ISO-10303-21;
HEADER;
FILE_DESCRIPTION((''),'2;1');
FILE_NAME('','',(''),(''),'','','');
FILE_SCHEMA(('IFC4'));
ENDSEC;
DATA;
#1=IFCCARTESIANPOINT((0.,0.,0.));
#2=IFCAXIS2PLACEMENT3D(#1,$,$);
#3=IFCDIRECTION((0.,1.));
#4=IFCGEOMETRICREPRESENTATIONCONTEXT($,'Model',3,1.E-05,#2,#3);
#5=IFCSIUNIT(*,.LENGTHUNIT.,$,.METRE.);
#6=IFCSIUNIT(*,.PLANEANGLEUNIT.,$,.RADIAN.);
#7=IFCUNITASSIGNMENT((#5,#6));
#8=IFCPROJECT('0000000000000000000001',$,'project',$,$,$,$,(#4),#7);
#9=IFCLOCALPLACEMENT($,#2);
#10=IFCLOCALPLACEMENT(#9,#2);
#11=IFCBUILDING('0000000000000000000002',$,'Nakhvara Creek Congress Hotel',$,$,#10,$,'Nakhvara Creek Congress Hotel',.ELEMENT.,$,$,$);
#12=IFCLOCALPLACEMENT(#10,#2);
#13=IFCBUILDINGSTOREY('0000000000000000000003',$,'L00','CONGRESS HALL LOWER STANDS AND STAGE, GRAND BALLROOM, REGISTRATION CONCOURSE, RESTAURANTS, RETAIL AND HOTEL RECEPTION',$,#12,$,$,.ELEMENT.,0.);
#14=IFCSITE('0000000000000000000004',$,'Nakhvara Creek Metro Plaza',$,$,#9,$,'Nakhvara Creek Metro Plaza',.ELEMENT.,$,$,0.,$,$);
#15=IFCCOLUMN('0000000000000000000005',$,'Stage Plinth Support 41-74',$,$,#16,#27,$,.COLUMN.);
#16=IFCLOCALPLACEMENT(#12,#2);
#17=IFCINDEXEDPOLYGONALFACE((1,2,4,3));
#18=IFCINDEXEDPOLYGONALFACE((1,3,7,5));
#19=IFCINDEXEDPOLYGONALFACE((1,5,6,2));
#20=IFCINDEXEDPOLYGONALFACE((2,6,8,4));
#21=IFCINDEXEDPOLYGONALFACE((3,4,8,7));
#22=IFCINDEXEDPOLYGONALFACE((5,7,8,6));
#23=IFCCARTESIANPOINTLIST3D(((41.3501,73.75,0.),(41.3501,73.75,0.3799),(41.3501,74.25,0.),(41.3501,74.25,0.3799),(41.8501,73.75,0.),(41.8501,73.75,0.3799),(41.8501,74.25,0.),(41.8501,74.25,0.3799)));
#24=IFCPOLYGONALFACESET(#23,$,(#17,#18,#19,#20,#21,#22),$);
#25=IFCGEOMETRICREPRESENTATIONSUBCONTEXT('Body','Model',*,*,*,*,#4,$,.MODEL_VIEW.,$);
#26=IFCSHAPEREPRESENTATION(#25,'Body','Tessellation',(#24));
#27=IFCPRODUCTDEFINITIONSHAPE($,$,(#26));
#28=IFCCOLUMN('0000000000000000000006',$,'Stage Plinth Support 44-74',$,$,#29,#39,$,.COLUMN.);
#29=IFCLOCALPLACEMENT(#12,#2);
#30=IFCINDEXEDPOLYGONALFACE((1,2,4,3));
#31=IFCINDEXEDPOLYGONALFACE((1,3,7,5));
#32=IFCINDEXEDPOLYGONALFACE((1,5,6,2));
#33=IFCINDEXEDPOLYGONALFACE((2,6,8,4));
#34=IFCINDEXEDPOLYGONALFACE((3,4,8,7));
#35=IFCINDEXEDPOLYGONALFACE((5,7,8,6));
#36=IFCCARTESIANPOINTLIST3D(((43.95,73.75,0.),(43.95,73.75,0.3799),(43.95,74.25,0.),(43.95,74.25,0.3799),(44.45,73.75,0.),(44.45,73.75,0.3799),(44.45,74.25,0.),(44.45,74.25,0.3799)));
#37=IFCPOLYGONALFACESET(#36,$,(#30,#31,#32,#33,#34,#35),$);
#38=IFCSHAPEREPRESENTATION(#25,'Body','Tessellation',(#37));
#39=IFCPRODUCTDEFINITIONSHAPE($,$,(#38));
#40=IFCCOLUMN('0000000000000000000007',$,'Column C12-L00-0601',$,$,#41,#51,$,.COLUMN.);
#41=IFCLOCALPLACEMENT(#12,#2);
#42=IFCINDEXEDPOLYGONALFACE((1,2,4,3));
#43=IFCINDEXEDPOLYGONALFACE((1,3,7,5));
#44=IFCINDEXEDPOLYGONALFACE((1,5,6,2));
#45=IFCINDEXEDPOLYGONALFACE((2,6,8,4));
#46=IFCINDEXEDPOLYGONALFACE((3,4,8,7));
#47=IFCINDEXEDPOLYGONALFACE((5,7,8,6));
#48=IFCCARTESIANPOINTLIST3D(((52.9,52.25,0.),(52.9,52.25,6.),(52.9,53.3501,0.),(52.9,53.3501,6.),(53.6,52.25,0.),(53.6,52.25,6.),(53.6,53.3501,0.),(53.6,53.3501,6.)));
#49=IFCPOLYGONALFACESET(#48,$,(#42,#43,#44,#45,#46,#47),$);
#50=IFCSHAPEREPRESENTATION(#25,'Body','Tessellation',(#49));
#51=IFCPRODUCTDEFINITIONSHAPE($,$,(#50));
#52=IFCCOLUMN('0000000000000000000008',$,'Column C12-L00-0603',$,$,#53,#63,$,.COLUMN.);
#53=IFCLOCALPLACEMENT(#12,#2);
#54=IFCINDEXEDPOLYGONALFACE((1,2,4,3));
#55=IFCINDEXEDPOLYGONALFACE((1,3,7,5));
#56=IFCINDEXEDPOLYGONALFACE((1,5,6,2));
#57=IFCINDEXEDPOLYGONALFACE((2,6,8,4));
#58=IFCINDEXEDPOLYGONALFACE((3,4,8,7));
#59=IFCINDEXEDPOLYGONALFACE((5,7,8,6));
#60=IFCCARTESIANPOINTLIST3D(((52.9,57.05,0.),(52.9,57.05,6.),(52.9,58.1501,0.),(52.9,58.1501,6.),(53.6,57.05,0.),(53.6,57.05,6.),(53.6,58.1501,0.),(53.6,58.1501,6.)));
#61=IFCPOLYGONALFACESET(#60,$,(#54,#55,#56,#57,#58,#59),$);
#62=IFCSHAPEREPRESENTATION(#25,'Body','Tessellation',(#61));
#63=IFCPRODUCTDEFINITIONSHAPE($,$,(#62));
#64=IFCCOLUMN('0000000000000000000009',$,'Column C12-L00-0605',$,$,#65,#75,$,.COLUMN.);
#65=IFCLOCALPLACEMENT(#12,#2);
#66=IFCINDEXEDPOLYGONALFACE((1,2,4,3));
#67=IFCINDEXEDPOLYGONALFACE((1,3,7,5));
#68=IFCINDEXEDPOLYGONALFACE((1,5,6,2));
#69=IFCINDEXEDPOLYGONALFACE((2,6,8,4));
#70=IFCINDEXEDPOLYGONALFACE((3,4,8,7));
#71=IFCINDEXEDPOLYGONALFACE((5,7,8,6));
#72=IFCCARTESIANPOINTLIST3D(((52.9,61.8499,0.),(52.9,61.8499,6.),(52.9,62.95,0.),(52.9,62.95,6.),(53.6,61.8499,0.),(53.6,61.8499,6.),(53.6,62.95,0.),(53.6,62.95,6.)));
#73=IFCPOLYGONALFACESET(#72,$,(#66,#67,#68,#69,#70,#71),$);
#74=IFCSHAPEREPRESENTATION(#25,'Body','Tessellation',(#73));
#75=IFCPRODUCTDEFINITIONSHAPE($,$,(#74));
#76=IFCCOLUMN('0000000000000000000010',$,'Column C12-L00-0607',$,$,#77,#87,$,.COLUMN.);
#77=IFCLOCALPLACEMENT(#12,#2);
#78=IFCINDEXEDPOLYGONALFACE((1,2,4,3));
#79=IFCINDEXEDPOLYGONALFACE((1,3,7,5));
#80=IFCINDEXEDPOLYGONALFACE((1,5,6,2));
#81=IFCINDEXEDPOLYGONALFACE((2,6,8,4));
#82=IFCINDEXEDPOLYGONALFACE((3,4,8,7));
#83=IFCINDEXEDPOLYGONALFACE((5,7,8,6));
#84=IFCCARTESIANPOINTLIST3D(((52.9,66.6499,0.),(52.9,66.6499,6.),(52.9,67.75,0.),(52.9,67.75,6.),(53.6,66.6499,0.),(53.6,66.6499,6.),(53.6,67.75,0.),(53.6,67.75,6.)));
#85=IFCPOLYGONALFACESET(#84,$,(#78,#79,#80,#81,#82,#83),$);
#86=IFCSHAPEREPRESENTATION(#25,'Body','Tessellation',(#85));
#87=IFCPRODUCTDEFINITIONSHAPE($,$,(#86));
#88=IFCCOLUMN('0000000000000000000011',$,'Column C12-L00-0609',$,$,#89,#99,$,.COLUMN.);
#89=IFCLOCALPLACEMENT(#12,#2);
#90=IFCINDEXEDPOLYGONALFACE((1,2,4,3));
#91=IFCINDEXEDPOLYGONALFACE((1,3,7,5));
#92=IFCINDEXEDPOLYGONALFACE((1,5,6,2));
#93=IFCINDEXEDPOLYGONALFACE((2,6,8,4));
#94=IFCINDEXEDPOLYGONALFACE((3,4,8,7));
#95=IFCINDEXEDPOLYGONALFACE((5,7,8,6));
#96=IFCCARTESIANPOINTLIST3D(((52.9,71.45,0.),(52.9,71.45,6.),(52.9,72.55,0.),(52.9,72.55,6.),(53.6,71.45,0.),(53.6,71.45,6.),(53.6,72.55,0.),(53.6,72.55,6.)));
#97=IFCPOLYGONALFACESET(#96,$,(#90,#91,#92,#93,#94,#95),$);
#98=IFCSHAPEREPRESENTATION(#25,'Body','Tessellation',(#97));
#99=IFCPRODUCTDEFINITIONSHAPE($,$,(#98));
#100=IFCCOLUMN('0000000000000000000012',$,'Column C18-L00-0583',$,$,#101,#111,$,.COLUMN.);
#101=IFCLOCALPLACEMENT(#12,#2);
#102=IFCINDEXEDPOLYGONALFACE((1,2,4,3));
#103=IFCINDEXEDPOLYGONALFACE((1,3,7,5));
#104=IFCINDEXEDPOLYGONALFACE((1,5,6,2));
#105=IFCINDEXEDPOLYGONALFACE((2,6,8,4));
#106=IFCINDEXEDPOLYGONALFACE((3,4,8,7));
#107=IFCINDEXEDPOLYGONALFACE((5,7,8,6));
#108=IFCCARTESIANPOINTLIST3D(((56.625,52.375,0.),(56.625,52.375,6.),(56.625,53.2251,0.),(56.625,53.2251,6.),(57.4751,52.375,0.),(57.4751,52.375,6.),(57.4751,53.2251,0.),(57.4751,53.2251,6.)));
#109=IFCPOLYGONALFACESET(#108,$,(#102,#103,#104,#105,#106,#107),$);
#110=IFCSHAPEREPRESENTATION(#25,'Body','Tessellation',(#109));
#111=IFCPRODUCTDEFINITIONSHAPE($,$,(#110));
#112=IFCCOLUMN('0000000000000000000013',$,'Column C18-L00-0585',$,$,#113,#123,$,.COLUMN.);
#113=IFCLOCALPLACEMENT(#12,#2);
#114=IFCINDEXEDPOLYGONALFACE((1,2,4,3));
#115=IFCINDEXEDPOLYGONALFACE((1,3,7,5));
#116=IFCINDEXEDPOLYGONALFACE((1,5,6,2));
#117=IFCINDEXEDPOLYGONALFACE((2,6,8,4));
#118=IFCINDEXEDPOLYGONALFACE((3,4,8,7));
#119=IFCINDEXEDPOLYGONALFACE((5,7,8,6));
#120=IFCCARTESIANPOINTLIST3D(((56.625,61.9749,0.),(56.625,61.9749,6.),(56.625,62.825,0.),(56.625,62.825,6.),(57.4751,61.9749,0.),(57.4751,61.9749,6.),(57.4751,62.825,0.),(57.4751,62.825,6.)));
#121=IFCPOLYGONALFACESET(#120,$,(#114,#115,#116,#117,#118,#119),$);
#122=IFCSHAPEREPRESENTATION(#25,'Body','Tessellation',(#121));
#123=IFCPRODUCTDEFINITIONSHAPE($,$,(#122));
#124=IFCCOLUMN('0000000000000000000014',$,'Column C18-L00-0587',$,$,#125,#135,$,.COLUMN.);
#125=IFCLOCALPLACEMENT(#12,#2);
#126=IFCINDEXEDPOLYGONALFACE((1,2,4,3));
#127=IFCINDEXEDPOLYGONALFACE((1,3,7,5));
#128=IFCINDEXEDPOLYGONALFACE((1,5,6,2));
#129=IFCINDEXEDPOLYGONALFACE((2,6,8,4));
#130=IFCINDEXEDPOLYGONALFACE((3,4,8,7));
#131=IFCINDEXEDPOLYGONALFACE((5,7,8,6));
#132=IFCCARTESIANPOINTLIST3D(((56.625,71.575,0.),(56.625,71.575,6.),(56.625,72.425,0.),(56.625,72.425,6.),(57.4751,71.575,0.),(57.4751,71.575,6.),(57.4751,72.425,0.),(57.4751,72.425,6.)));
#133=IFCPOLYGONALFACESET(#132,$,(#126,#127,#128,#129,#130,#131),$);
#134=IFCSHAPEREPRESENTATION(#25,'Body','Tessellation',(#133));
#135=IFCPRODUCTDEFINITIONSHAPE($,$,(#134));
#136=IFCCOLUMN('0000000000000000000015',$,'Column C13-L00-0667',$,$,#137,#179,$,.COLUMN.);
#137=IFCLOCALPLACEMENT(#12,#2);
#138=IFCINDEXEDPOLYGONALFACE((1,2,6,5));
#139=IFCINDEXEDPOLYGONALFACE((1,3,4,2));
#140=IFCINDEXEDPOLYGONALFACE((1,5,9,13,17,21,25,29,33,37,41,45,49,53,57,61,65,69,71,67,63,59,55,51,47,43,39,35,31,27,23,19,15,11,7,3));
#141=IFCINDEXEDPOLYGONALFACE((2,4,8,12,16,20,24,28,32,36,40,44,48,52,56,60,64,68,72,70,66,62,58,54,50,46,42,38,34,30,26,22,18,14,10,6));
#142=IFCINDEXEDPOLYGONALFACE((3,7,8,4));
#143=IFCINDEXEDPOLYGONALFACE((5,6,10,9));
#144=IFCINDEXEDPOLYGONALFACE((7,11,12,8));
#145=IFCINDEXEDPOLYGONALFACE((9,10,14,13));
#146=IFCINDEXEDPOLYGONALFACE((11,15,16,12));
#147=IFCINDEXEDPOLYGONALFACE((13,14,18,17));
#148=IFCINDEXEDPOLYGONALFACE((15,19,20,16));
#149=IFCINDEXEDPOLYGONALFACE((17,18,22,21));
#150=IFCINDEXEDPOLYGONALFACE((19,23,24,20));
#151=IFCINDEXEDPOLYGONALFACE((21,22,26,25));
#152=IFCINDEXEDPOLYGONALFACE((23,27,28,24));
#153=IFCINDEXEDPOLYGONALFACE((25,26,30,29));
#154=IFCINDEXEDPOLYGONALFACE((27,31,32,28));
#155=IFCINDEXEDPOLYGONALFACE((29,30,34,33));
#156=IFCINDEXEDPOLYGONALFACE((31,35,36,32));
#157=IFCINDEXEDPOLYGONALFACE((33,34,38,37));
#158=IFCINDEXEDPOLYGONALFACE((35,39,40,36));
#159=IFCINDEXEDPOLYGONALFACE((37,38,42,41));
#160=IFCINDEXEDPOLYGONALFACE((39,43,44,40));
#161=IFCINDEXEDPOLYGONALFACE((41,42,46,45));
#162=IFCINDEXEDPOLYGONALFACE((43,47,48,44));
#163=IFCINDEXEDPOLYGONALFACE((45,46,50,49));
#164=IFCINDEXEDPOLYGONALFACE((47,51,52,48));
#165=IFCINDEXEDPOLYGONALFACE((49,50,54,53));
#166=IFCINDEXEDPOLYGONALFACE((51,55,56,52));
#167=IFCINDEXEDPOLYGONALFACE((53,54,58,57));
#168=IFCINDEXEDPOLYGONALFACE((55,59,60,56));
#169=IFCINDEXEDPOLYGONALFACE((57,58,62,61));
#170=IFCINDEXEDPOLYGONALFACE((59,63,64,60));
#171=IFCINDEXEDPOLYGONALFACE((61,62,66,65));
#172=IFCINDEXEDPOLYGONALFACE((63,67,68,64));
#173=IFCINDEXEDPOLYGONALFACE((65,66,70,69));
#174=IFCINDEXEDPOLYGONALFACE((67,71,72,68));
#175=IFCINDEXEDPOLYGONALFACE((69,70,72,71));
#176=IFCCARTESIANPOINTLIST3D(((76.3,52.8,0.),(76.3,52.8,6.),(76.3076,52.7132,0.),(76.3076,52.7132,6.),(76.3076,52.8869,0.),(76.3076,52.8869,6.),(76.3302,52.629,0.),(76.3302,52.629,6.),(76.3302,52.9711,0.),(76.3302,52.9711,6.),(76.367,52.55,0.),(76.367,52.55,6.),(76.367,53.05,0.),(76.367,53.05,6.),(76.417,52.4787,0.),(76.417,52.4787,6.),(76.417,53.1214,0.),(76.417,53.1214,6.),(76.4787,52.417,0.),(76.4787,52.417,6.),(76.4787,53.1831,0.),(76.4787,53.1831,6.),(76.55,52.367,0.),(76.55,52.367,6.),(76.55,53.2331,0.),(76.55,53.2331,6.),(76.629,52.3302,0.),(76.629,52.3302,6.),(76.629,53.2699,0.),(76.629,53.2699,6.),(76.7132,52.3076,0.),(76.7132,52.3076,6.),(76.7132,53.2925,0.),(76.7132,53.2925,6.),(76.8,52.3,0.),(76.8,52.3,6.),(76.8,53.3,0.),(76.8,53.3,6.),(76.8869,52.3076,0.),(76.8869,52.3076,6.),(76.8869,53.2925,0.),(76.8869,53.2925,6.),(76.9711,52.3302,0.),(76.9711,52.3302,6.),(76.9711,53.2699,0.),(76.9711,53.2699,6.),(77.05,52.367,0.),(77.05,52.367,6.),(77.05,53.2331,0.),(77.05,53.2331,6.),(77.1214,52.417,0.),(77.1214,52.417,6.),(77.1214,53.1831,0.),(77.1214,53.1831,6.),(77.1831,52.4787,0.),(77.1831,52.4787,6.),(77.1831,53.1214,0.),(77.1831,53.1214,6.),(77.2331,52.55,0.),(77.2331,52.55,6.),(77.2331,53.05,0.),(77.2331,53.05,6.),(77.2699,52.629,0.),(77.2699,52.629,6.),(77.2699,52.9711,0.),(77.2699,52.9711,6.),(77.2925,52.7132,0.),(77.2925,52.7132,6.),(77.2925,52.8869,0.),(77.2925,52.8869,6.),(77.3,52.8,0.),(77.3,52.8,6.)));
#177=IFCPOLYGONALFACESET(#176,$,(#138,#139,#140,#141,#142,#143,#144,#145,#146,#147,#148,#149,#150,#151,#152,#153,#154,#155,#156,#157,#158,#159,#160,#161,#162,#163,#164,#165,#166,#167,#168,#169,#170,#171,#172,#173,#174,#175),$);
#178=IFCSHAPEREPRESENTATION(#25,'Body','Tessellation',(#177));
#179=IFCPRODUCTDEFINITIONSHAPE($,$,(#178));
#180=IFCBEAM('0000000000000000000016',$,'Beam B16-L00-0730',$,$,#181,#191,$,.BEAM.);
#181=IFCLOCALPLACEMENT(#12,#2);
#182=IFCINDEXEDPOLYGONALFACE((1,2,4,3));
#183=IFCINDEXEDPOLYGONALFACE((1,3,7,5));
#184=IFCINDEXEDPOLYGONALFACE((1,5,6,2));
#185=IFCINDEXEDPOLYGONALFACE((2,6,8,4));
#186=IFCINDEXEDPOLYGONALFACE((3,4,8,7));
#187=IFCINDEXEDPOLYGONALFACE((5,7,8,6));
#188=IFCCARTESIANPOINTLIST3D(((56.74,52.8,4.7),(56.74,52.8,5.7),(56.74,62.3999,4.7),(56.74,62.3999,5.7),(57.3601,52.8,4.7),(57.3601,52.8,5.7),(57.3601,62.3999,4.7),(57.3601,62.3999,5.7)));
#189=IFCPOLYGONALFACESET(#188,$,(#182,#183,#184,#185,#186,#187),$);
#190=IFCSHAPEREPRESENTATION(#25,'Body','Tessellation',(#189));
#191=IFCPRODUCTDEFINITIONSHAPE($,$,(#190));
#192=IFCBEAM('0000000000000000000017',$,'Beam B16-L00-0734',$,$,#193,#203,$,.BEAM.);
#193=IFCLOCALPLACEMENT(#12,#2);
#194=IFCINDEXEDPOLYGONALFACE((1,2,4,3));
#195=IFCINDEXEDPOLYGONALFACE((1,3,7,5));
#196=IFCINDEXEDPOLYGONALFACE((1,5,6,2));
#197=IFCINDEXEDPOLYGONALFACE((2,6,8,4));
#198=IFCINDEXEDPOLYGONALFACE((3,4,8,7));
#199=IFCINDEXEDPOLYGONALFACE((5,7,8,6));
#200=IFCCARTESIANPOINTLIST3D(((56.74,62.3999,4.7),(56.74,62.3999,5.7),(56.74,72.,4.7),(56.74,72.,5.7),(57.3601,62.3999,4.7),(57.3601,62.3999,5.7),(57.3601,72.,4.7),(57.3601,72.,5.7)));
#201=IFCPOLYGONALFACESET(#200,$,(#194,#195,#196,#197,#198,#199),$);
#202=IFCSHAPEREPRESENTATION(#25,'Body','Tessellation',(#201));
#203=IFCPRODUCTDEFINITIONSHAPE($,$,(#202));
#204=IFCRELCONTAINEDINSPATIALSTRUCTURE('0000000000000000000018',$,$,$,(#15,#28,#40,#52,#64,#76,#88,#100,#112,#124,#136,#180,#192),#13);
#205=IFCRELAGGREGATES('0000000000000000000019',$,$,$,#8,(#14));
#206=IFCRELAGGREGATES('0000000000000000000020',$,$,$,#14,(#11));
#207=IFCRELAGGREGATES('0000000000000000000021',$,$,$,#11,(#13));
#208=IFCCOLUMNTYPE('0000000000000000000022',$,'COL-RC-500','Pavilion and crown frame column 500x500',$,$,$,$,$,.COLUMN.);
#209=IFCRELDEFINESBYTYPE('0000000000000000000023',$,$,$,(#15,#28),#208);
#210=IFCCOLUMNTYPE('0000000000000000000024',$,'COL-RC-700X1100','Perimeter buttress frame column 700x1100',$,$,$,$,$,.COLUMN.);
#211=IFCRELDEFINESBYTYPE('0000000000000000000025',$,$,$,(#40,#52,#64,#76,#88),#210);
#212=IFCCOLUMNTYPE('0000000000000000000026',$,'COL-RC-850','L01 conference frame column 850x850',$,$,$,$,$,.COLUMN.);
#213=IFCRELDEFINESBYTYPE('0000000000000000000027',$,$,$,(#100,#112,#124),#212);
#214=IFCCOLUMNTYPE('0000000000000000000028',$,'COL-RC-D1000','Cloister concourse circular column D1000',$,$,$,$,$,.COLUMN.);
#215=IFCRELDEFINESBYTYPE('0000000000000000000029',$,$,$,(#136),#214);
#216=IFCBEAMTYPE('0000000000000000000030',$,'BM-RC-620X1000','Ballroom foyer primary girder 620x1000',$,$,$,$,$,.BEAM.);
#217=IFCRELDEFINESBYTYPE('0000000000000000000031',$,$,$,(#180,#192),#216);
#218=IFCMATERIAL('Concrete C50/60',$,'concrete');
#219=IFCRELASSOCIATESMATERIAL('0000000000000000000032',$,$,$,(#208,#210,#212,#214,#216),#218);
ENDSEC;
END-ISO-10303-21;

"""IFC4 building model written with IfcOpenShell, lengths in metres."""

from ifc_helpers import new_model, si_unit, direction, frame, origin, origin_2d, place, context, subcontext, project, spatial, rectangle, circle, extrude, material, material_profile, profile_set, type_object, element, save


model = new_model("IFC4")

# Units and contexts
model_context = context("Model", 3, precision=1e-05, world=origin(), true_north=direction((0.0, 1.0)))
body_context = subcontext(model_context, "Body", "Model", "MODEL_VIEW")
ifc_project = project(units=[si_unit("LENGTHUNIT", "METRE"), si_unit("PLANEANGLEUNIT", "RADIAN")], contexts=[model_context])

# Site, building, storey
site_placement = place(None, origin())
site = spatial("IfcSite", under=ifc_project, at=site_placement, Name="Nakhvara Creek Metro Plaza", LongName="Nakhvara Creek Metro Plaza", CompositionType="ELEMENT", RefElevation=0.0)
building_placement = place(site_placement, origin())
building = spatial("IfcBuilding", under=site, at=building_placement, Name="Nakhvara Creek Congress Hotel", LongName="Nakhvara Creek Congress Hotel", CompositionType="ELEMENT")
storey_placement = place(building_placement, origin())
storey = spatial("IfcBuildingStorey", under=building, at=storey_placement, Name="L00", Description="CONGRESS HALL LOWER STANDS AND STAGE, GRAND BALLROOM, REGISTRATION CONCOURSE, RESTAURANTS, RETAIL AND HOTEL RECEPTION", CompositionType="ELEMENT", Elevation=0.0)

# Columns
ifc_material_1 = material(Name="Concrete C50/60", Category="concrete")
ifc_material_profile_1 = material_profile(ifc_material_1, rectangle(XDim=0.5, YDim=0.5, at=origin_2d()), Name="RC-COL 500x500", Category="LoadBearing")
ifc_profile_set_1 = profile_set([ifc_material_profile_1], Name="Concrete C50/60")
column_type_1 = type_object("IfcColumnType", Name="COL-RC-500", Description="Pavilion and crown frame column 500x500", PredefinedType="COLUMN", material=ifc_profile_set_1)
for number, where, z_axis, x_axis, name in (
    (1, (41.6001, 74.0, 0.0), (0.0, 0.0, 1.0), (1.0, 0.0, 0.0), "Stage Plinth Support 41-74"),
    (2, (44.2, 74.0, 0.0), (0.0, 0.0, 1.0), (1.0, 0.0, 0.0), "Stage Plinth Support 44-74"),
):
    element("IfcColumn", number, at=place(storey_placement, frame(where, z_axis=z_axis, x_axis=x_axis)), inside=storey, type_object=column_type_1, Name=name, PredefinedType="COLUMN", context=body_context, shape_type="SweptSolid", body=[
        extrude(rectangle(XDim=0.5, YDim=0.5, at=origin_2d()), origin(), (0.0, 0.0, 1.0), 0.3799),
    ])
ifc_material_profile_2 = material_profile(ifc_material_1, rectangle(XDim=0.7, YDim=1.1001, at=origin_2d()), Name="RC-COL 700x1100", Category="LoadBearing")
ifc_profile_set_2 = profile_set([ifc_material_profile_2], Name="Concrete C50/60")
column_type_2 = type_object("IfcColumnType", Name="COL-RC-700X1100", Description="Perimeter buttress frame column 700x1100", PredefinedType="COLUMN", material=ifc_profile_set_2)
for number, where, z_axis, x_axis, name in (
    (3, (53.25, 52.8, 0.0), (0.0, 0.0, 1.0), (1.0, 0.0, 0.0), "Column C12-L00-0601"),
    (4, (53.25, 57.6001, 0.0), (0.0, 0.0, 1.0), (1.0, 0.0, 0.0), "Column C12-L00-0603"),
    (5, (53.25, 62.3999, 0.0), (0.0, 0.0, 1.0), (1.0, 0.0, 0.0), "Column C12-L00-0605"),
    (6, (53.25, 67.2, 0.0), (0.0, 0.0, 1.0), (1.0, 0.0, 0.0), "Column C12-L00-0607"),
    (7, (53.25, 72.0, 0.0), (0.0, 0.0, 1.0), (1.0, 0.0, 0.0), "Column C12-L00-0609"),
):
    element("IfcColumn", number, at=place(storey_placement, frame(where, z_axis=z_axis, x_axis=x_axis)), inside=storey, type_object=column_type_2, Name=name, PredefinedType="COLUMN", context=body_context, shape_type="SweptSolid", body=[
        extrude(rectangle(XDim=0.7, YDim=1.1001, at=origin_2d()), origin(), (0.0, 0.0, 1.0), 6.0),
    ])
ifc_material_profile_3 = material_profile(ifc_material_1, rectangle(XDim=0.8501, YDim=0.8501, at=origin_2d()), Name="RC-COL 850x850", Category="LoadBearing")
ifc_profile_set_3 = profile_set([ifc_material_profile_3], Name="Concrete C50/60")
column_type_3 = type_object("IfcColumnType", Name="COL-RC-850", Description="L01 conference frame column 850x850", PredefinedType="COLUMN", material=ifc_profile_set_3)
for number, where, z_axis, x_axis, name in (
    (8, (57.05, 52.8, 0.0), (0.0, 0.0, 1.0), (1.0, 0.0, 0.0), "Column C18-L00-0583"),
    (9, (57.05, 62.3999, 0.0), (0.0, 0.0, 1.0), (1.0, 0.0, 0.0), "Column C18-L00-0585"),
    (10, (57.05, 72.0, 0.0), (0.0, 0.0, 1.0), (1.0, 0.0, 0.0), "Column C18-L00-0587"),
):
    element("IfcColumn", number, at=place(storey_placement, frame(where, z_axis=z_axis, x_axis=x_axis)), inside=storey, type_object=column_type_3, Name=name, PredefinedType="COLUMN", context=body_context, shape_type="SweptSolid", body=[
        extrude(rectangle(XDim=0.8501, YDim=0.8501, at=origin_2d()), origin(), (0.0, 0.0, 1.0), 6.0),
    ])
ifc_material_profile_4 = material_profile(ifc_material_1, circle(Radius=0.5, at=origin_2d()), Name="RC-COL D1000", Category="LoadBearing")
ifc_profile_set_4 = profile_set([ifc_material_profile_4], Name="Concrete C50/60")
column_type_4 = type_object("IfcColumnType", Name="COL-RC-D1000", Description="Cloister concourse circular column D1000", PredefinedType="COLUMN", material=ifc_profile_set_4)
column_placement = place(storey_placement, frame((76.8, 52.8, 0.0), z_axis=(0.0, 0.0, 1.0), x_axis=(1.0, 0.0, 0.0)))
element("IfcColumn", 11, at=column_placement, inside=storey, type_object=column_type_4, Name="Column C13-L00-0667", PredefinedType="COLUMN", context=body_context, shape_type="SweptSolid", body=[
    extrude(circle(Radius=0.5, at=origin_2d()), origin(), (0.0, 0.0, 1.0), 6.0),
])

# Beams
ifc_material_profile_5 = material_profile(ifc_material_1, rectangle(XDim=0.6201, YDim=1.0, at=origin_2d()), Name="RC-BM 620x1000", Category="LoadBearing")
ifc_profile_set_5 = profile_set([ifc_material_profile_5], Name="Concrete C50/60")
beam_type_1 = type_object("IfcBeamType", Name="BM-RC-620X1000", Description="Ballroom foyer primary girder 620x1000", PredefinedType="BEAM", material=ifc_profile_set_5)
beam_1_placement = place(storey_placement, frame((57.05, 52.8, 5.2), z_axis=(0.0, 1.0, 0.0), x_axis=(-1.0, 0.0, 0.0)))
element("IfcBeam", 12, at=beam_1_placement, inside=storey, type_object=beam_type_1, Name="Beam B16-L00-0730", PredefinedType="BEAM", context=body_context, shape_type="SweptSolid", body=[
    extrude(rectangle(XDim=0.6201, YDim=1.0, at=origin_2d()), origin(), (0.0, 0.0, 1.0), 9.5999),
])
for number, where, z_axis, x_axis, name in (
    (13, (57.05, 62.3999, 5.2), (0.0, 1.0, 0.0), (-1.0, 0.0, 0.0), "Beam B16-L00-0734"),
):
    element("IfcBeam", number, at=place(storey_placement, frame(where, z_axis=z_axis, x_axis=x_axis)), inside=storey, type_object=beam_type_1, Name=name, PredefinedType="BEAM", context=body_context, shape_type="SweptSolid", body=[
        extrude(rectangle(XDim=0.6201, YDim=1.0, at=origin_2d()), origin(), (0.0, 0.0, 1.0), 9.6001),
    ])

save(model, "model.ifc")
